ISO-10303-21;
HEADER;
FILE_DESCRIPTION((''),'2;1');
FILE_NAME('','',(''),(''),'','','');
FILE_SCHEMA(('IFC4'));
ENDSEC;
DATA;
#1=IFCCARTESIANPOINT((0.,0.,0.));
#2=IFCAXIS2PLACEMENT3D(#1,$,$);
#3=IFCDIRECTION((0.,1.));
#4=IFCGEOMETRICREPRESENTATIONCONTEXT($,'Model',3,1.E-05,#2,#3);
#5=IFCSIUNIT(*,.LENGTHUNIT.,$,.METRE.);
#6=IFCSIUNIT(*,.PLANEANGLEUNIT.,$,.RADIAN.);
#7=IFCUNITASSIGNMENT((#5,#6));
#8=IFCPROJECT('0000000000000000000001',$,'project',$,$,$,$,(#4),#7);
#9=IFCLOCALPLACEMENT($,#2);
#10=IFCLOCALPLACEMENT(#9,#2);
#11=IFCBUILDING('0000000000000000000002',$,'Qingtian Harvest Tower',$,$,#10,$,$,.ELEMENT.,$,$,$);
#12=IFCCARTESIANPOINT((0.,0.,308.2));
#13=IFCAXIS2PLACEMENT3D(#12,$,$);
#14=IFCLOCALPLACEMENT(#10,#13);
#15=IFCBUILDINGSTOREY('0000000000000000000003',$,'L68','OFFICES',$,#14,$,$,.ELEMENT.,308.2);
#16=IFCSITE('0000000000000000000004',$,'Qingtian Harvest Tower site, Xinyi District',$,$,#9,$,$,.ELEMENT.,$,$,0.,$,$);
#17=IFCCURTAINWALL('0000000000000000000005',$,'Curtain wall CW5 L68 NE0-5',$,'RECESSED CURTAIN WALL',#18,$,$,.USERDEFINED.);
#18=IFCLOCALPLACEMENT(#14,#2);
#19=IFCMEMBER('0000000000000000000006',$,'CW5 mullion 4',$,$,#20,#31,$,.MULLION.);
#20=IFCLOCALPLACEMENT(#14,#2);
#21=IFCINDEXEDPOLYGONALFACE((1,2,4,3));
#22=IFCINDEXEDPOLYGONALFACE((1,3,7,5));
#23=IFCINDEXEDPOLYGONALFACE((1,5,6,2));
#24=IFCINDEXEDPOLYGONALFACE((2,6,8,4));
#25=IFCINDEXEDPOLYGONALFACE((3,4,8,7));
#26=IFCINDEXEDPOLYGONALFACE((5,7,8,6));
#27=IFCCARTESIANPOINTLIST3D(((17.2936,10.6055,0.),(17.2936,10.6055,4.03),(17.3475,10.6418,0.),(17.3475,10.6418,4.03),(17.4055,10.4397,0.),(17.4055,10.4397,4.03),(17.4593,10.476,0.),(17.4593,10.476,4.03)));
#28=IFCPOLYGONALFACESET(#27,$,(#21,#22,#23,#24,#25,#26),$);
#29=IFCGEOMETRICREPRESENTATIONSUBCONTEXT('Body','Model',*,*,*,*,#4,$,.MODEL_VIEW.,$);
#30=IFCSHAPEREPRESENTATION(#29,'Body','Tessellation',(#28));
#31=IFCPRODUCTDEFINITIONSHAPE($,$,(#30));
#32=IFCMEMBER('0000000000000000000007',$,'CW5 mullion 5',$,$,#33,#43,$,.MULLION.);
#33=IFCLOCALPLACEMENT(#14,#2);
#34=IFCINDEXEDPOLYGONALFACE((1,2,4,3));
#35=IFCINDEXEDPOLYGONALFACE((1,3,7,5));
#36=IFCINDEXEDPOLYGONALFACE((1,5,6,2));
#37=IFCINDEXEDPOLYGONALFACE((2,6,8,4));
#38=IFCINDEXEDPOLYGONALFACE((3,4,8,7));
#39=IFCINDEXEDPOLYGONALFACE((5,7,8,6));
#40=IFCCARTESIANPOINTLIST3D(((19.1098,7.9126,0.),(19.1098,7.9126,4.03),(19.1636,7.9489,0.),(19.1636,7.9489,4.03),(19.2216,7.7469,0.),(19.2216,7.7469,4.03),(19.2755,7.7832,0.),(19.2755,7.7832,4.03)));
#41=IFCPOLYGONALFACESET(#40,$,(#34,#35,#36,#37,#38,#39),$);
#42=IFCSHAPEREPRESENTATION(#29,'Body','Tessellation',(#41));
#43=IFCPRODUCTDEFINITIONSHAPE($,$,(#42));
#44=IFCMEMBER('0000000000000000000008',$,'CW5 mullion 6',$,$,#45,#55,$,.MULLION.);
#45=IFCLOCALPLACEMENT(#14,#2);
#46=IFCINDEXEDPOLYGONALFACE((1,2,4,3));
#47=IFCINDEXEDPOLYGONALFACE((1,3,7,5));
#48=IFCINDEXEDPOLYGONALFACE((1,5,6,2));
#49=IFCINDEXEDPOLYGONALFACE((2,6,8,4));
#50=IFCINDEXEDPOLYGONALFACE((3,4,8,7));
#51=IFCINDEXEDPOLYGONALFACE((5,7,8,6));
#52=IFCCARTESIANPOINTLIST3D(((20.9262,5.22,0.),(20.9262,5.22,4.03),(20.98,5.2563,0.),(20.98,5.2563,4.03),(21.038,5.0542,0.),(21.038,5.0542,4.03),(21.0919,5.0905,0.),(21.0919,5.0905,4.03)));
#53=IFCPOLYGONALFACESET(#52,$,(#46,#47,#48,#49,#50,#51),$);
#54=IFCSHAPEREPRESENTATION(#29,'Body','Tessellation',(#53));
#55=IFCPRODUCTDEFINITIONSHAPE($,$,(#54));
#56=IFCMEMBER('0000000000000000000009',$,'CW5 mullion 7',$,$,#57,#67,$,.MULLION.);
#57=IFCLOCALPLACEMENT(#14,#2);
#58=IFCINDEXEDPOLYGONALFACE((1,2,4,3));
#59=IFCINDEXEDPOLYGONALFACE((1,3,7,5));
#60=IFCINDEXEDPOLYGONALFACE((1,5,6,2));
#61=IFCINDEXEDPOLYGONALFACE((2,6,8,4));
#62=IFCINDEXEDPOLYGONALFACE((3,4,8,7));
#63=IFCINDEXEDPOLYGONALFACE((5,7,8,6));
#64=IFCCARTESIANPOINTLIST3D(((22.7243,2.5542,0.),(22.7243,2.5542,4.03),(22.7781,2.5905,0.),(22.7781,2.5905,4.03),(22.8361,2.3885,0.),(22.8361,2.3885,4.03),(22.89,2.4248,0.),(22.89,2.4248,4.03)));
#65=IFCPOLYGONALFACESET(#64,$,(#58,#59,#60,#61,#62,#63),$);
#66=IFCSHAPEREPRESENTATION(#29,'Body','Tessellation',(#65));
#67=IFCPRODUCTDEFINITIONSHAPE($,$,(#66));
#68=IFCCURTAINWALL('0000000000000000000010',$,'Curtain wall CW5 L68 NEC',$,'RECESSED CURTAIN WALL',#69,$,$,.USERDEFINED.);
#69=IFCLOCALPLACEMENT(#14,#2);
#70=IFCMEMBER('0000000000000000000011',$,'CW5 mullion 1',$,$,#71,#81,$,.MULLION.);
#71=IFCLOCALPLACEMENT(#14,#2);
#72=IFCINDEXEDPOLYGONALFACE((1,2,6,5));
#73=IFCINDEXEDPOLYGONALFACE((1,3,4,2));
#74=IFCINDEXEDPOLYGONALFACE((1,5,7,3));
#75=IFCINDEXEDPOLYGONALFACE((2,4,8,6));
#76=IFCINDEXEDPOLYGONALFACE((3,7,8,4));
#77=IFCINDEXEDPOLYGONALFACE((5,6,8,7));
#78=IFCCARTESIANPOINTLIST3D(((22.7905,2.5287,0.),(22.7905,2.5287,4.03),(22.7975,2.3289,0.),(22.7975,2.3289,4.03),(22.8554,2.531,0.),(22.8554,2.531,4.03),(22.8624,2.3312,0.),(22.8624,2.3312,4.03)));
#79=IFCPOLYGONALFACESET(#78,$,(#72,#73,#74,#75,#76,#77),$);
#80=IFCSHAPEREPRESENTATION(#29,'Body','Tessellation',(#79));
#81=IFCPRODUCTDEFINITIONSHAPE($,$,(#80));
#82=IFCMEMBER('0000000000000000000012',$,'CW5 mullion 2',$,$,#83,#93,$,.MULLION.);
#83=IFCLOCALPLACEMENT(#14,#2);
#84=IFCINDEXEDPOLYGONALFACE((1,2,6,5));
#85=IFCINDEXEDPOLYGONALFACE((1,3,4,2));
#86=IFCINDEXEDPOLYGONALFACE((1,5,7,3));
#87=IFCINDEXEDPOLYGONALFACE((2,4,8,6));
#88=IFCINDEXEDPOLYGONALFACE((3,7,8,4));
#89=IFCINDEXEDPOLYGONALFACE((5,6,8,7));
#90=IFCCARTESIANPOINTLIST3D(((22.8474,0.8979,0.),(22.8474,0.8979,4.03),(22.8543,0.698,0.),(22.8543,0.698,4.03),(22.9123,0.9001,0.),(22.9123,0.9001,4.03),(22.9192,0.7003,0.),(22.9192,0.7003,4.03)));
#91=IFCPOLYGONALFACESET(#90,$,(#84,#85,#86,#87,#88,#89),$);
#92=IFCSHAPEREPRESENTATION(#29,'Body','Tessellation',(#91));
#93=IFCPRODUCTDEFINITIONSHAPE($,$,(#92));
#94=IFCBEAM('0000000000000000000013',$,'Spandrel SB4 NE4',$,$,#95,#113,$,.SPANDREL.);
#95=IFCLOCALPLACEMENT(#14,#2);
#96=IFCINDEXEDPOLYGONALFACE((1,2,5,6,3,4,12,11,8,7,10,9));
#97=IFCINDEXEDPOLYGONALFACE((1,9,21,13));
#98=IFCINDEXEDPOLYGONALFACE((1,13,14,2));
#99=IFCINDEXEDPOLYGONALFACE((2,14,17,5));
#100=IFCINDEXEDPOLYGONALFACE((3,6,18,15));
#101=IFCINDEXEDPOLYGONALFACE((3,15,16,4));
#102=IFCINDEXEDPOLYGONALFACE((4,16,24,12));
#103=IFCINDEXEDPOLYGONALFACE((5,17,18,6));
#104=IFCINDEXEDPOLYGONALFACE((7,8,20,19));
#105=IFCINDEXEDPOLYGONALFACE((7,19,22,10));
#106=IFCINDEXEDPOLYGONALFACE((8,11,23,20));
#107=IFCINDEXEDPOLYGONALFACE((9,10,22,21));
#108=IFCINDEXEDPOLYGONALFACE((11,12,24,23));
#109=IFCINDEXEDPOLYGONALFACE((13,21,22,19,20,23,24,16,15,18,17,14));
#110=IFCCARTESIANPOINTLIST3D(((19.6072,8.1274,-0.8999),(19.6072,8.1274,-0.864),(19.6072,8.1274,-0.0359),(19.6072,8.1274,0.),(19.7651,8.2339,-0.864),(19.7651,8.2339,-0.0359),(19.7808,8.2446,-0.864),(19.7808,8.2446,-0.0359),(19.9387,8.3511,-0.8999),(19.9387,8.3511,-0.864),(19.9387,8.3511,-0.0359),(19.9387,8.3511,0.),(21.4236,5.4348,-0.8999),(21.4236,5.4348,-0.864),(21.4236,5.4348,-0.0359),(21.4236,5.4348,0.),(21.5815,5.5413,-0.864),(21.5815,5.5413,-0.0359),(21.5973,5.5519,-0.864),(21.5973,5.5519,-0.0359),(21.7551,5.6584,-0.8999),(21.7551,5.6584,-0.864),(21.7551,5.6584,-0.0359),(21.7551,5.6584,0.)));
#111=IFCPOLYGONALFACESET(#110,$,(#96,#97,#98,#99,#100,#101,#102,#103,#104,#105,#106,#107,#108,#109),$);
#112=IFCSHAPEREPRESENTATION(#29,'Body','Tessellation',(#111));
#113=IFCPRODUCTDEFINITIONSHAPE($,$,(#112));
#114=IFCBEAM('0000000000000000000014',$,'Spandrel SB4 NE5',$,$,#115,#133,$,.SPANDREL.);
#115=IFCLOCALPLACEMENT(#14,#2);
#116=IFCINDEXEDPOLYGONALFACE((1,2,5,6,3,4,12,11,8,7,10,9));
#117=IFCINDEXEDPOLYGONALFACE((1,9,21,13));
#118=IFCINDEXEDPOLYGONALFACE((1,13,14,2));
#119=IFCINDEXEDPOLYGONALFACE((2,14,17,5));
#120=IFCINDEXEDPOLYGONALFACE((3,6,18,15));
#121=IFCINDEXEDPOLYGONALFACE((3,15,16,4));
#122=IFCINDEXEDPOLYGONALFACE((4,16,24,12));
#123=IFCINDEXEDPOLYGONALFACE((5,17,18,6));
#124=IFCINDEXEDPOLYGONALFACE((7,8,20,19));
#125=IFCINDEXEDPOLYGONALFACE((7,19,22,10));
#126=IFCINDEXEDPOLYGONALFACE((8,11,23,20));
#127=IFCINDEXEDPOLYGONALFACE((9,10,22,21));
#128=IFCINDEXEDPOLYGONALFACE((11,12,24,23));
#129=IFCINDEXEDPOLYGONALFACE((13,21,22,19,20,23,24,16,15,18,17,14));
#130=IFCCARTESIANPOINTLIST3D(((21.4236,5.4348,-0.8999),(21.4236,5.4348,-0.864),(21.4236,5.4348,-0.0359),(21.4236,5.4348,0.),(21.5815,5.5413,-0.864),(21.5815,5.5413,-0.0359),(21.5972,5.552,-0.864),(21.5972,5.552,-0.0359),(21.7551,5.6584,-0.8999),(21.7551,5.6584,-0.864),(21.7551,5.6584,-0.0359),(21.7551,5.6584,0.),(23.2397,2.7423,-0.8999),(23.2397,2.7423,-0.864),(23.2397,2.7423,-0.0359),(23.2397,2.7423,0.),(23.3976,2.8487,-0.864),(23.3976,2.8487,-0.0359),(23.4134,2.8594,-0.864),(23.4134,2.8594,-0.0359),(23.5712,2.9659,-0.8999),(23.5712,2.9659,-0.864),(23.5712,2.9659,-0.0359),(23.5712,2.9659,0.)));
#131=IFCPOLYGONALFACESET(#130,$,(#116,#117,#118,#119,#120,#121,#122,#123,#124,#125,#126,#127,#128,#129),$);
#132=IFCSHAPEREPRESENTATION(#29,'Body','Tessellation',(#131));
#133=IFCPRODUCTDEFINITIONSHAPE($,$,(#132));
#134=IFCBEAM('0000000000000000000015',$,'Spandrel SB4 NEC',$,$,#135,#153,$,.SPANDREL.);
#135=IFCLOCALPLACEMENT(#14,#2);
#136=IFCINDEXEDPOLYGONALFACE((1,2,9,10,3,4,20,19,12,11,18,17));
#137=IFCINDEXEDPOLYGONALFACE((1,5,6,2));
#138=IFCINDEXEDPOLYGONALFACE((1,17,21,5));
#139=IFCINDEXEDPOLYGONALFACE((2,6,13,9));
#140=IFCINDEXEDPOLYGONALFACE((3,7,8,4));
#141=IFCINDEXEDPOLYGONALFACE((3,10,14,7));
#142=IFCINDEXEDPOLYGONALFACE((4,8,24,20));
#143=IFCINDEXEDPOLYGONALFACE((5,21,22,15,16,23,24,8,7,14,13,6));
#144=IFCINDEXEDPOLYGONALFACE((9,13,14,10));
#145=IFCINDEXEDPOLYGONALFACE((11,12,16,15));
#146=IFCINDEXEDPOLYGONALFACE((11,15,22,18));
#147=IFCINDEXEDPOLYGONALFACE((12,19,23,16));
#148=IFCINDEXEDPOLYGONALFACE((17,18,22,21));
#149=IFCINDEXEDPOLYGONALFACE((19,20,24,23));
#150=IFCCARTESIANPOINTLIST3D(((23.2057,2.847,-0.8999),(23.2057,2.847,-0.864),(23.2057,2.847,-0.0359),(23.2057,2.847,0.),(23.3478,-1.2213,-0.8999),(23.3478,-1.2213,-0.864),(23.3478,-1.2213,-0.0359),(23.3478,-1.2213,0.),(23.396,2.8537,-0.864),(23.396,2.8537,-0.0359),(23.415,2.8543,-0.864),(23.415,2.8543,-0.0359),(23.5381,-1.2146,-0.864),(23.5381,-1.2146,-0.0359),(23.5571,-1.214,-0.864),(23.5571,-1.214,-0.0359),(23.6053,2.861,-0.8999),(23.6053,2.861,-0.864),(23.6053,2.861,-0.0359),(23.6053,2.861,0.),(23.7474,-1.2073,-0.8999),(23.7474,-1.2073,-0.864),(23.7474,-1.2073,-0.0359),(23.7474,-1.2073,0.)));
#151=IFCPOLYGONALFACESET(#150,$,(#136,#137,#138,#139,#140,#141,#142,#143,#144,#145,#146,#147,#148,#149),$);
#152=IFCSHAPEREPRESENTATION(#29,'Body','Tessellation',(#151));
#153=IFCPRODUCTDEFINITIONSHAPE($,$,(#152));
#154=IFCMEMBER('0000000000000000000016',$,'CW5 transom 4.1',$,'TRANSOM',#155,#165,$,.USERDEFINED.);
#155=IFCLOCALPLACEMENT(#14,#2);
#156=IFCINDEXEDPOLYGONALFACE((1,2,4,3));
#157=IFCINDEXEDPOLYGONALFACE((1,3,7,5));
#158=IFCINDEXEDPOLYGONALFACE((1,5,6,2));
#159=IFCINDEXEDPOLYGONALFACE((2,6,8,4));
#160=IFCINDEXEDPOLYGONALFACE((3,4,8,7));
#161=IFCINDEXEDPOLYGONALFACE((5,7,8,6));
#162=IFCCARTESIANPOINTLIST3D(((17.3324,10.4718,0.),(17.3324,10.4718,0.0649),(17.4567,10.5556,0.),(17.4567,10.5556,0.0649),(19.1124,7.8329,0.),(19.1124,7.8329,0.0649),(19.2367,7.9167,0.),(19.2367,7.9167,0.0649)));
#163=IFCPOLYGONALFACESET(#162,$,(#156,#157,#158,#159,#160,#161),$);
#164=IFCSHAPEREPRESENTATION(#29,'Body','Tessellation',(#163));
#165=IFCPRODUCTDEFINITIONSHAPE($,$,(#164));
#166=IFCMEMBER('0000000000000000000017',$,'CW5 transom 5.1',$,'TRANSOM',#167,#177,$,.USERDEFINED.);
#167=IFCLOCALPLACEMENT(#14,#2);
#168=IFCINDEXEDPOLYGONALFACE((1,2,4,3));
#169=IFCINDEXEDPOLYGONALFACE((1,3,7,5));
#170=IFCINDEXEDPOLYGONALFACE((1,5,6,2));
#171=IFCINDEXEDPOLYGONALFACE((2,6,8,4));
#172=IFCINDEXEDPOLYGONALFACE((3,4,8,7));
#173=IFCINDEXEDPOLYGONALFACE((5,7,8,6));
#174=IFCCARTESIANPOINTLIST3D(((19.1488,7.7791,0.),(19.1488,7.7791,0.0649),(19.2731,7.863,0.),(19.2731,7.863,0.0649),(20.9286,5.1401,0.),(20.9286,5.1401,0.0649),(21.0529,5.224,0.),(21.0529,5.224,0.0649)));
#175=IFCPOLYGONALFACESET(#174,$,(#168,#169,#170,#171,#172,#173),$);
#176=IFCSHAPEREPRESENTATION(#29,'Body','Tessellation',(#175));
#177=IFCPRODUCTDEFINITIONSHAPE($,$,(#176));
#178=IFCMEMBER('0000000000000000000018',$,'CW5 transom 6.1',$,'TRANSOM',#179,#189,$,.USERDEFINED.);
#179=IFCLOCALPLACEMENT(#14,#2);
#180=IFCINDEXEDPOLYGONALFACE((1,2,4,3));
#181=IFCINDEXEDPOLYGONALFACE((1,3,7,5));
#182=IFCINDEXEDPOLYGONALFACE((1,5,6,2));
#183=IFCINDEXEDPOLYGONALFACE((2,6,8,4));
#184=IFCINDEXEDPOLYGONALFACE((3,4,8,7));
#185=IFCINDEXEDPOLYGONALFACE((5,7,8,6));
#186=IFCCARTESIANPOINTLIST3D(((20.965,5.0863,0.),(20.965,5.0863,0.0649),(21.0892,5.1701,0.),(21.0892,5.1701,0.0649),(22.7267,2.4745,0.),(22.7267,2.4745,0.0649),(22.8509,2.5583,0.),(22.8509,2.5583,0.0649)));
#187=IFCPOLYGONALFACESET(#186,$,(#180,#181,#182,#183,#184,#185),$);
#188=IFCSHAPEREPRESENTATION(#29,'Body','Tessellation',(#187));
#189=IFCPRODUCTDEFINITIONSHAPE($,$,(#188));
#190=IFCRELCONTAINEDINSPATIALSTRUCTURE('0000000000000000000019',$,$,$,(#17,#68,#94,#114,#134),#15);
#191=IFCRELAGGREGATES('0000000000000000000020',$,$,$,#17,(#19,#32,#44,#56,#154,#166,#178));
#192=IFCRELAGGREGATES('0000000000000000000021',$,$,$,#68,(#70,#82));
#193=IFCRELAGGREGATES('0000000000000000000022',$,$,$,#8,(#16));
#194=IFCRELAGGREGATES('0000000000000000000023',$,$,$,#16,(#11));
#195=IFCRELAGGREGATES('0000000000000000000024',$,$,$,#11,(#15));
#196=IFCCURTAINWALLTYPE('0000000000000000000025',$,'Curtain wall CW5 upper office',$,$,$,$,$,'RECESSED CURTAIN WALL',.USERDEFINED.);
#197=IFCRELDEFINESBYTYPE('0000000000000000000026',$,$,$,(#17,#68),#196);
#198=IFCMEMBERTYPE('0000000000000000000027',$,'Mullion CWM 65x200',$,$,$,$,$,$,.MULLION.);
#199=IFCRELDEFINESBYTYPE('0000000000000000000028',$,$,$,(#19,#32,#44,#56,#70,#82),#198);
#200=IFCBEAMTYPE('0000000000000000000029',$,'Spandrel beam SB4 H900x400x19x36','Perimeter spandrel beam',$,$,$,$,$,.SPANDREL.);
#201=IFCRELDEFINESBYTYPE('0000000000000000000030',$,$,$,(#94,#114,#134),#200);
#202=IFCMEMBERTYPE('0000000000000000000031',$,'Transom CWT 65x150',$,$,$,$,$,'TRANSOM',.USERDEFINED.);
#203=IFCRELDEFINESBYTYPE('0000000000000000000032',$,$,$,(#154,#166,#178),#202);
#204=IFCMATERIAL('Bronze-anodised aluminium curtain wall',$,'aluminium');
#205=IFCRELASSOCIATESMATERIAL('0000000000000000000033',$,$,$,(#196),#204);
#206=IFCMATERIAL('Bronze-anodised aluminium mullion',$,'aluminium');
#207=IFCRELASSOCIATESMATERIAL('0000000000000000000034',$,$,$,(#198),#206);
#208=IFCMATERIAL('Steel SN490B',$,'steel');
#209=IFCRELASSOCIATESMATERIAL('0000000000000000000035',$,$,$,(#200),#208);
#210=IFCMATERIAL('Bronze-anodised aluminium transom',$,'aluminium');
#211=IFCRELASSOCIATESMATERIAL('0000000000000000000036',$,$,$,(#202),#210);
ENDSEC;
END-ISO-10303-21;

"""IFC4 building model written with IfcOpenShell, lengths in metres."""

from ifc_helpers import new_model, si_unit, direction, frame, origin, origin_2d, place, context, subcontext, project, spatial, rectangle, i_section, extrude, material, material_profile, profile_set, type_object, element, aggregate, save


model = new_model("IFC4")

# Units and contexts
model_context = context("Model", 3, precision=1e-05, world=origin(), true_north=direction((0.0, 1.0)))
body_context = subcontext(model_context, "Body", "Model", "MODEL_VIEW")
ifc_project = project(units=[si_unit("LENGTHUNIT", "METRE"), si_unit("PLANEANGLEUNIT", "RADIAN")], contexts=[model_context])

# Site, building, storey
site_placement = place(None, origin())
site = spatial("IfcSite", under=ifc_project, at=site_placement, Name="Qingtian Harvest Tower site, Xinyi District", CompositionType="ELEMENT", RefElevation=0.0)
building_placement = place(site_placement, origin())
building = spatial("IfcBuilding", under=site, at=building_placement, Name="Qingtian Harvest Tower", CompositionType="ELEMENT")
storey_placement = place(building_placement, frame((0.0, 0.0, 308.2)))
storey = spatial("IfcBuildingStorey", under=building, at=storey_placement, Name="L68", Description="OFFICES", CompositionType="ELEMENT", Elevation=308.2)

# Curtain walls, members
ifc_material_1 = material(Name="Bronze-anodised aluminium curtain wall", Category="aluminium")
curtain_wall_type = type_object("IfcCurtainWallType", Name="Curtain wall CW5 upper office", ElementType="RECESSED CURTAIN WALL", PredefinedType="USERDEFINED", material=ifc_material_1)
curtain_wall_1_placement = place(storey_placement, origin())
curtain_wall_1 = element("IfcCurtainWall", 1, at=curtain_wall_1_placement, inside=storey, type_object=curtain_wall_type, Name="Curtain wall CW5 L68 NE0-5", ObjectType="RECESSED CURTAIN WALL", PredefinedType="USERDEFINED")
ifc_material_2 = material(Name="Bronze-anodised aluminium mullion", Category="aluminium")
ifc_material_profile_1 = material_profile(ifc_material_2, rectangle(XDim=0.0649, YDim=0.2, at=origin_2d()), Name="AL 65x200")
ifc_profile_set_1 = profile_set([ifc_material_profile_1], Name="Bronze-anodised aluminium mullion")
member_type_1 = type_object("IfcMemberType", Name="Mullion CWM 65x200", PredefinedType="MULLION", material=ifc_profile_set_1)
member_1_placement = place(storey_placement, frame((17.3765, 10.5408, 0.0), z_axis=(0.0, 0.0, 1.0), x_axis=(0.829038, 0.559193, 0.0)))
member_1 = element("IfcMember", 2, at=member_1_placement, type_object=member_type_1, Name="CW5 mullion 4", PredefinedType="MULLION", context=body_context, shape_type="SweptSolid", body=[
    extrude(rectangle(XDim=0.0649, YDim=0.2, at=origin_2d()), origin(), (0.0, 0.0, 1.0), 4.03),
])
member_2_placement = place(storey_placement, frame((19.1926, 7.8479, 0.0), z_axis=(0.0, 0.0, 1.0), x_axis=(0.829038, 0.559193, 0.0)))
member_2 = element("IfcMember", 3, at=member_2_placement, type_object=member_type_1, Name="CW5 mullion 5", PredefinedType="MULLION", context=body_context, shape_type="SweptSolid", body=[
    extrude(rectangle(XDim=0.0649, YDim=0.2, at=origin_2d()), origin(), (0.0, 0.0, 1.0), 4.03),
])
member_3_placement = place(storey_placement, frame((21.009, 5.1553, 0.0), z_axis=(0.0, 0.0, 1.0), x_axis=(0.829038, 0.559193, 0.0)))
member_3 = element("IfcMember", 4, at=member_3_placement, type_object=member_type_1, Name="CW5 mullion 6", PredefinedType="MULLION", context=body_context, shape_type="SweptSolid", body=[
    extrude(rectangle(XDim=0.0649, YDim=0.2, at=origin_2d()), origin(), (0.0, 0.0, 1.0), 4.03),
])
member_4_placement = place(storey_placement, frame((22.8071, 2.4895, 0.0), z_axis=(0.0, 0.0, 1.0), x_axis=(0.829038, 0.559193, 0.0)))
member_4 = element("IfcMember", 5, at=member_4_placement, type_object=member_type_1, Name="CW5 mullion 7", PredefinedType="MULLION", context=body_context, shape_type="SweptSolid", body=[
    extrude(rectangle(XDim=0.0649, YDim=0.2, at=origin_2d()), origin(), (0.0, 0.0, 1.0), 4.03),
])
curtain_wall_2_placement = place(storey_placement, origin())
curtain_wall_2 = element("IfcCurtainWall", 6, at=curtain_wall_2_placement, inside=storey, type_object=curtain_wall_type, Name="Curtain wall CW5 L68 NEC", ObjectType="RECESSED CURTAIN WALL", PredefinedType="USERDEFINED")
member_5_placement = place(storey_placement, frame((22.8264, 2.4299, 0.0), z_axis=(0.0, 0.0, 1.0), x_axis=(0.999391, 0.034899, 0.0)))
member_5 = element("IfcMember", 7, at=member_5_placement, type_object=member_type_1, Name="CW5 mullion 1", PredefinedType="MULLION", context=body_context, shape_type="SweptSolid", body=[
    extrude(rectangle(XDim=0.0649, YDim=0.2, at=origin_2d()), origin(), (0.0, 0.0, 1.0), 4.03),
])
member_6_placement = place(storey_placement, frame((22.8833, 0.7991, 0.0), z_axis=(0.0, 0.0, 1.0), x_axis=(0.999391, 0.034899, 0.0)))
member_6 = element("IfcMember", 8, at=member_6_placement, type_object=member_type_1, Name="CW5 mullion 2", PredefinedType="MULLION", context=body_context, shape_type="SweptSolid", body=[
    extrude(rectangle(XDim=0.0649, YDim=0.2, at=origin_2d()), origin(), (0.0, 0.0, 1.0), 4.03),
])

# Beams
ifc_material_3 = material(Name="Steel SN490B", Category="steel")
ifc_material_profile_2 = material_profile(ifc_material_3, i_section(OverallWidth=0.3999, OverallDepth=0.8999, WebThickness=0.019, FlangeThickness=0.0359, at=origin_2d()), Name="H900x400x19x36")
ifc_profile_set_2 = profile_set([ifc_material_profile_2], Name="Steel SN490B")
beam_type_1 = type_object("IfcBeamType", Name="Spandrel beam SB4 H900x400x19x36", Description="Perimeter spandrel beam", PredefinedType="SPANDREL", material=ifc_profile_set_2)
beam_1_placement = place(storey_placement, frame((19.7729, 8.2393, -0.45), z_axis=(0.559237, -0.829008, 0.0), x_axis=(0.829008, 0.559237, 0.0)))
element("IfcBeam", 9, at=beam_1_placement, inside=storey, type_object=beam_type_1, Name="Spandrel SB4 NE4", PredefinedType="SPANDREL", context=body_context, shape_type="SweptSolid", body=[
    extrude(i_section(OverallWidth=0.3999, OverallDepth=0.8999, WebThickness=0.019, FlangeThickness=0.0359, at=origin_2d()), origin(), (0.0, 0.0, 1.0), 3.248),
])
beam_2_placement = place(storey_placement, frame((21.5894, 5.5466, -0.45), z_axis=(0.559185, -0.829043, 0.0), x_axis=(0.829043, 0.559185, 0.0)))
element("IfcBeam", 10, at=beam_2_placement, inside=storey, type_object=beam_type_1, Name="Spandrel SB4 NE5", PredefinedType="SPANDREL", context=body_context, shape_type="SweptSolid", body=[
    extrude(i_section(OverallWidth=0.3999, OverallDepth=0.8999, WebThickness=0.019, FlangeThickness=0.0359, at=origin_2d()), origin(), (0.0, 0.0, 1.0), 3.2478),
])
beam_3_placement = place(storey_placement, frame((23.4055, 2.854, -0.45), z_axis=(0.034904, -0.999391, 0.0), x_axis=(0.999391, 0.034904, 0.0)))
element("IfcBeam", 11, at=beam_3_placement, inside=storey, type_object=beam_type_1, Name="Spandrel SB4 NEC", PredefinedType="SPANDREL", context=body_context, shape_type="SweptSolid", body=[
    extrude(i_section(OverallWidth=0.3999, OverallDepth=0.8999, WebThickness=0.019, FlangeThickness=0.0359, at=origin_2d()), origin(), (0.0, 0.0, 1.0), 4.0708),
])

# Members
ifc_material_4 = material(Name="Bronze-anodised aluminium transom", Category="aluminium")
ifc_material_profile_3 = material_profile(ifc_material_4, rectangle(XDim=0.1499, YDim=0.0649, at=origin_2d()), Name="AL 65x150")
ifc_profile_set_3 = profile_set([ifc_material_profile_3], Name="Bronze-anodised aluminium transom")
member_type_2 = type_object("IfcMemberType", Name="Transom CWT 65x150", ElementType="TRANSOM", PredefinedType="USERDEFINED", material=ifc_profile_set_3)
member_7_placement = place(storey_placement, frame((17.3945, 10.5137, 0.0325), z_axis=(0.559205, -0.829029, 0.0), x_axis=(0.829029, 0.559205, 0.0)))
member_7 = element("IfcMember", 12, at=member_7_placement, type_object=member_type_2, Name="CW5 transom 4.1", ObjectType="TRANSOM", PredefinedType="USERDEFINED", context=body_context, shape_type="SweptSolid", body=[
    extrude(rectangle(XDim=0.1499, YDim=0.0649, at=origin_2d()), origin(), (0.0, 0.0, 1.0), 3.1831),
])
member_8_placement = place(storey_placement, frame((19.2109, 7.821, 0.0325), z_axis=(0.559153, -0.829065, 0.0), x_axis=(0.829065, 0.559153, 0.0)))
member_8 = element("IfcMember", 13, at=member_8_placement, type_object=member_type_2, Name="CW5 transom 5.1", ObjectType="TRANSOM", PredefinedType="USERDEFINED", context=body_context, shape_type="SweptSolid", body=[
    extrude(rectangle(XDim=0.1499, YDim=0.0649, at=origin_2d()), origin(), (0.0, 0.0, 1.0), 3.1831),
])
member_9_placement = place(storey_placement, frame((21.0271, 5.1282, 0.0325), z_axis=(0.559199, -0.829034, 0.0), x_axis=(0.829034, 0.559199, 0.0)))
member_9 = element("IfcMember", 14, at=member_9_placement, type_object=member_type_2, Name="CW5 transom 6.1", ObjectType="TRANSOM", PredefinedType="USERDEFINED", context=body_context, shape_type="SweptSolid", body=[
    extrude(rectangle(XDim=0.1499, YDim=0.0649, at=origin_2d()), origin(), (0.0, 0.0, 1.0), 3.1504),
])

aggregate(curtain_wall_1, [member_1, member_2, member_3, member_4, member_7, member_8, member_9])
aggregate(curtain_wall_2, [member_5, member_6])

save(model, "model.ifc")
